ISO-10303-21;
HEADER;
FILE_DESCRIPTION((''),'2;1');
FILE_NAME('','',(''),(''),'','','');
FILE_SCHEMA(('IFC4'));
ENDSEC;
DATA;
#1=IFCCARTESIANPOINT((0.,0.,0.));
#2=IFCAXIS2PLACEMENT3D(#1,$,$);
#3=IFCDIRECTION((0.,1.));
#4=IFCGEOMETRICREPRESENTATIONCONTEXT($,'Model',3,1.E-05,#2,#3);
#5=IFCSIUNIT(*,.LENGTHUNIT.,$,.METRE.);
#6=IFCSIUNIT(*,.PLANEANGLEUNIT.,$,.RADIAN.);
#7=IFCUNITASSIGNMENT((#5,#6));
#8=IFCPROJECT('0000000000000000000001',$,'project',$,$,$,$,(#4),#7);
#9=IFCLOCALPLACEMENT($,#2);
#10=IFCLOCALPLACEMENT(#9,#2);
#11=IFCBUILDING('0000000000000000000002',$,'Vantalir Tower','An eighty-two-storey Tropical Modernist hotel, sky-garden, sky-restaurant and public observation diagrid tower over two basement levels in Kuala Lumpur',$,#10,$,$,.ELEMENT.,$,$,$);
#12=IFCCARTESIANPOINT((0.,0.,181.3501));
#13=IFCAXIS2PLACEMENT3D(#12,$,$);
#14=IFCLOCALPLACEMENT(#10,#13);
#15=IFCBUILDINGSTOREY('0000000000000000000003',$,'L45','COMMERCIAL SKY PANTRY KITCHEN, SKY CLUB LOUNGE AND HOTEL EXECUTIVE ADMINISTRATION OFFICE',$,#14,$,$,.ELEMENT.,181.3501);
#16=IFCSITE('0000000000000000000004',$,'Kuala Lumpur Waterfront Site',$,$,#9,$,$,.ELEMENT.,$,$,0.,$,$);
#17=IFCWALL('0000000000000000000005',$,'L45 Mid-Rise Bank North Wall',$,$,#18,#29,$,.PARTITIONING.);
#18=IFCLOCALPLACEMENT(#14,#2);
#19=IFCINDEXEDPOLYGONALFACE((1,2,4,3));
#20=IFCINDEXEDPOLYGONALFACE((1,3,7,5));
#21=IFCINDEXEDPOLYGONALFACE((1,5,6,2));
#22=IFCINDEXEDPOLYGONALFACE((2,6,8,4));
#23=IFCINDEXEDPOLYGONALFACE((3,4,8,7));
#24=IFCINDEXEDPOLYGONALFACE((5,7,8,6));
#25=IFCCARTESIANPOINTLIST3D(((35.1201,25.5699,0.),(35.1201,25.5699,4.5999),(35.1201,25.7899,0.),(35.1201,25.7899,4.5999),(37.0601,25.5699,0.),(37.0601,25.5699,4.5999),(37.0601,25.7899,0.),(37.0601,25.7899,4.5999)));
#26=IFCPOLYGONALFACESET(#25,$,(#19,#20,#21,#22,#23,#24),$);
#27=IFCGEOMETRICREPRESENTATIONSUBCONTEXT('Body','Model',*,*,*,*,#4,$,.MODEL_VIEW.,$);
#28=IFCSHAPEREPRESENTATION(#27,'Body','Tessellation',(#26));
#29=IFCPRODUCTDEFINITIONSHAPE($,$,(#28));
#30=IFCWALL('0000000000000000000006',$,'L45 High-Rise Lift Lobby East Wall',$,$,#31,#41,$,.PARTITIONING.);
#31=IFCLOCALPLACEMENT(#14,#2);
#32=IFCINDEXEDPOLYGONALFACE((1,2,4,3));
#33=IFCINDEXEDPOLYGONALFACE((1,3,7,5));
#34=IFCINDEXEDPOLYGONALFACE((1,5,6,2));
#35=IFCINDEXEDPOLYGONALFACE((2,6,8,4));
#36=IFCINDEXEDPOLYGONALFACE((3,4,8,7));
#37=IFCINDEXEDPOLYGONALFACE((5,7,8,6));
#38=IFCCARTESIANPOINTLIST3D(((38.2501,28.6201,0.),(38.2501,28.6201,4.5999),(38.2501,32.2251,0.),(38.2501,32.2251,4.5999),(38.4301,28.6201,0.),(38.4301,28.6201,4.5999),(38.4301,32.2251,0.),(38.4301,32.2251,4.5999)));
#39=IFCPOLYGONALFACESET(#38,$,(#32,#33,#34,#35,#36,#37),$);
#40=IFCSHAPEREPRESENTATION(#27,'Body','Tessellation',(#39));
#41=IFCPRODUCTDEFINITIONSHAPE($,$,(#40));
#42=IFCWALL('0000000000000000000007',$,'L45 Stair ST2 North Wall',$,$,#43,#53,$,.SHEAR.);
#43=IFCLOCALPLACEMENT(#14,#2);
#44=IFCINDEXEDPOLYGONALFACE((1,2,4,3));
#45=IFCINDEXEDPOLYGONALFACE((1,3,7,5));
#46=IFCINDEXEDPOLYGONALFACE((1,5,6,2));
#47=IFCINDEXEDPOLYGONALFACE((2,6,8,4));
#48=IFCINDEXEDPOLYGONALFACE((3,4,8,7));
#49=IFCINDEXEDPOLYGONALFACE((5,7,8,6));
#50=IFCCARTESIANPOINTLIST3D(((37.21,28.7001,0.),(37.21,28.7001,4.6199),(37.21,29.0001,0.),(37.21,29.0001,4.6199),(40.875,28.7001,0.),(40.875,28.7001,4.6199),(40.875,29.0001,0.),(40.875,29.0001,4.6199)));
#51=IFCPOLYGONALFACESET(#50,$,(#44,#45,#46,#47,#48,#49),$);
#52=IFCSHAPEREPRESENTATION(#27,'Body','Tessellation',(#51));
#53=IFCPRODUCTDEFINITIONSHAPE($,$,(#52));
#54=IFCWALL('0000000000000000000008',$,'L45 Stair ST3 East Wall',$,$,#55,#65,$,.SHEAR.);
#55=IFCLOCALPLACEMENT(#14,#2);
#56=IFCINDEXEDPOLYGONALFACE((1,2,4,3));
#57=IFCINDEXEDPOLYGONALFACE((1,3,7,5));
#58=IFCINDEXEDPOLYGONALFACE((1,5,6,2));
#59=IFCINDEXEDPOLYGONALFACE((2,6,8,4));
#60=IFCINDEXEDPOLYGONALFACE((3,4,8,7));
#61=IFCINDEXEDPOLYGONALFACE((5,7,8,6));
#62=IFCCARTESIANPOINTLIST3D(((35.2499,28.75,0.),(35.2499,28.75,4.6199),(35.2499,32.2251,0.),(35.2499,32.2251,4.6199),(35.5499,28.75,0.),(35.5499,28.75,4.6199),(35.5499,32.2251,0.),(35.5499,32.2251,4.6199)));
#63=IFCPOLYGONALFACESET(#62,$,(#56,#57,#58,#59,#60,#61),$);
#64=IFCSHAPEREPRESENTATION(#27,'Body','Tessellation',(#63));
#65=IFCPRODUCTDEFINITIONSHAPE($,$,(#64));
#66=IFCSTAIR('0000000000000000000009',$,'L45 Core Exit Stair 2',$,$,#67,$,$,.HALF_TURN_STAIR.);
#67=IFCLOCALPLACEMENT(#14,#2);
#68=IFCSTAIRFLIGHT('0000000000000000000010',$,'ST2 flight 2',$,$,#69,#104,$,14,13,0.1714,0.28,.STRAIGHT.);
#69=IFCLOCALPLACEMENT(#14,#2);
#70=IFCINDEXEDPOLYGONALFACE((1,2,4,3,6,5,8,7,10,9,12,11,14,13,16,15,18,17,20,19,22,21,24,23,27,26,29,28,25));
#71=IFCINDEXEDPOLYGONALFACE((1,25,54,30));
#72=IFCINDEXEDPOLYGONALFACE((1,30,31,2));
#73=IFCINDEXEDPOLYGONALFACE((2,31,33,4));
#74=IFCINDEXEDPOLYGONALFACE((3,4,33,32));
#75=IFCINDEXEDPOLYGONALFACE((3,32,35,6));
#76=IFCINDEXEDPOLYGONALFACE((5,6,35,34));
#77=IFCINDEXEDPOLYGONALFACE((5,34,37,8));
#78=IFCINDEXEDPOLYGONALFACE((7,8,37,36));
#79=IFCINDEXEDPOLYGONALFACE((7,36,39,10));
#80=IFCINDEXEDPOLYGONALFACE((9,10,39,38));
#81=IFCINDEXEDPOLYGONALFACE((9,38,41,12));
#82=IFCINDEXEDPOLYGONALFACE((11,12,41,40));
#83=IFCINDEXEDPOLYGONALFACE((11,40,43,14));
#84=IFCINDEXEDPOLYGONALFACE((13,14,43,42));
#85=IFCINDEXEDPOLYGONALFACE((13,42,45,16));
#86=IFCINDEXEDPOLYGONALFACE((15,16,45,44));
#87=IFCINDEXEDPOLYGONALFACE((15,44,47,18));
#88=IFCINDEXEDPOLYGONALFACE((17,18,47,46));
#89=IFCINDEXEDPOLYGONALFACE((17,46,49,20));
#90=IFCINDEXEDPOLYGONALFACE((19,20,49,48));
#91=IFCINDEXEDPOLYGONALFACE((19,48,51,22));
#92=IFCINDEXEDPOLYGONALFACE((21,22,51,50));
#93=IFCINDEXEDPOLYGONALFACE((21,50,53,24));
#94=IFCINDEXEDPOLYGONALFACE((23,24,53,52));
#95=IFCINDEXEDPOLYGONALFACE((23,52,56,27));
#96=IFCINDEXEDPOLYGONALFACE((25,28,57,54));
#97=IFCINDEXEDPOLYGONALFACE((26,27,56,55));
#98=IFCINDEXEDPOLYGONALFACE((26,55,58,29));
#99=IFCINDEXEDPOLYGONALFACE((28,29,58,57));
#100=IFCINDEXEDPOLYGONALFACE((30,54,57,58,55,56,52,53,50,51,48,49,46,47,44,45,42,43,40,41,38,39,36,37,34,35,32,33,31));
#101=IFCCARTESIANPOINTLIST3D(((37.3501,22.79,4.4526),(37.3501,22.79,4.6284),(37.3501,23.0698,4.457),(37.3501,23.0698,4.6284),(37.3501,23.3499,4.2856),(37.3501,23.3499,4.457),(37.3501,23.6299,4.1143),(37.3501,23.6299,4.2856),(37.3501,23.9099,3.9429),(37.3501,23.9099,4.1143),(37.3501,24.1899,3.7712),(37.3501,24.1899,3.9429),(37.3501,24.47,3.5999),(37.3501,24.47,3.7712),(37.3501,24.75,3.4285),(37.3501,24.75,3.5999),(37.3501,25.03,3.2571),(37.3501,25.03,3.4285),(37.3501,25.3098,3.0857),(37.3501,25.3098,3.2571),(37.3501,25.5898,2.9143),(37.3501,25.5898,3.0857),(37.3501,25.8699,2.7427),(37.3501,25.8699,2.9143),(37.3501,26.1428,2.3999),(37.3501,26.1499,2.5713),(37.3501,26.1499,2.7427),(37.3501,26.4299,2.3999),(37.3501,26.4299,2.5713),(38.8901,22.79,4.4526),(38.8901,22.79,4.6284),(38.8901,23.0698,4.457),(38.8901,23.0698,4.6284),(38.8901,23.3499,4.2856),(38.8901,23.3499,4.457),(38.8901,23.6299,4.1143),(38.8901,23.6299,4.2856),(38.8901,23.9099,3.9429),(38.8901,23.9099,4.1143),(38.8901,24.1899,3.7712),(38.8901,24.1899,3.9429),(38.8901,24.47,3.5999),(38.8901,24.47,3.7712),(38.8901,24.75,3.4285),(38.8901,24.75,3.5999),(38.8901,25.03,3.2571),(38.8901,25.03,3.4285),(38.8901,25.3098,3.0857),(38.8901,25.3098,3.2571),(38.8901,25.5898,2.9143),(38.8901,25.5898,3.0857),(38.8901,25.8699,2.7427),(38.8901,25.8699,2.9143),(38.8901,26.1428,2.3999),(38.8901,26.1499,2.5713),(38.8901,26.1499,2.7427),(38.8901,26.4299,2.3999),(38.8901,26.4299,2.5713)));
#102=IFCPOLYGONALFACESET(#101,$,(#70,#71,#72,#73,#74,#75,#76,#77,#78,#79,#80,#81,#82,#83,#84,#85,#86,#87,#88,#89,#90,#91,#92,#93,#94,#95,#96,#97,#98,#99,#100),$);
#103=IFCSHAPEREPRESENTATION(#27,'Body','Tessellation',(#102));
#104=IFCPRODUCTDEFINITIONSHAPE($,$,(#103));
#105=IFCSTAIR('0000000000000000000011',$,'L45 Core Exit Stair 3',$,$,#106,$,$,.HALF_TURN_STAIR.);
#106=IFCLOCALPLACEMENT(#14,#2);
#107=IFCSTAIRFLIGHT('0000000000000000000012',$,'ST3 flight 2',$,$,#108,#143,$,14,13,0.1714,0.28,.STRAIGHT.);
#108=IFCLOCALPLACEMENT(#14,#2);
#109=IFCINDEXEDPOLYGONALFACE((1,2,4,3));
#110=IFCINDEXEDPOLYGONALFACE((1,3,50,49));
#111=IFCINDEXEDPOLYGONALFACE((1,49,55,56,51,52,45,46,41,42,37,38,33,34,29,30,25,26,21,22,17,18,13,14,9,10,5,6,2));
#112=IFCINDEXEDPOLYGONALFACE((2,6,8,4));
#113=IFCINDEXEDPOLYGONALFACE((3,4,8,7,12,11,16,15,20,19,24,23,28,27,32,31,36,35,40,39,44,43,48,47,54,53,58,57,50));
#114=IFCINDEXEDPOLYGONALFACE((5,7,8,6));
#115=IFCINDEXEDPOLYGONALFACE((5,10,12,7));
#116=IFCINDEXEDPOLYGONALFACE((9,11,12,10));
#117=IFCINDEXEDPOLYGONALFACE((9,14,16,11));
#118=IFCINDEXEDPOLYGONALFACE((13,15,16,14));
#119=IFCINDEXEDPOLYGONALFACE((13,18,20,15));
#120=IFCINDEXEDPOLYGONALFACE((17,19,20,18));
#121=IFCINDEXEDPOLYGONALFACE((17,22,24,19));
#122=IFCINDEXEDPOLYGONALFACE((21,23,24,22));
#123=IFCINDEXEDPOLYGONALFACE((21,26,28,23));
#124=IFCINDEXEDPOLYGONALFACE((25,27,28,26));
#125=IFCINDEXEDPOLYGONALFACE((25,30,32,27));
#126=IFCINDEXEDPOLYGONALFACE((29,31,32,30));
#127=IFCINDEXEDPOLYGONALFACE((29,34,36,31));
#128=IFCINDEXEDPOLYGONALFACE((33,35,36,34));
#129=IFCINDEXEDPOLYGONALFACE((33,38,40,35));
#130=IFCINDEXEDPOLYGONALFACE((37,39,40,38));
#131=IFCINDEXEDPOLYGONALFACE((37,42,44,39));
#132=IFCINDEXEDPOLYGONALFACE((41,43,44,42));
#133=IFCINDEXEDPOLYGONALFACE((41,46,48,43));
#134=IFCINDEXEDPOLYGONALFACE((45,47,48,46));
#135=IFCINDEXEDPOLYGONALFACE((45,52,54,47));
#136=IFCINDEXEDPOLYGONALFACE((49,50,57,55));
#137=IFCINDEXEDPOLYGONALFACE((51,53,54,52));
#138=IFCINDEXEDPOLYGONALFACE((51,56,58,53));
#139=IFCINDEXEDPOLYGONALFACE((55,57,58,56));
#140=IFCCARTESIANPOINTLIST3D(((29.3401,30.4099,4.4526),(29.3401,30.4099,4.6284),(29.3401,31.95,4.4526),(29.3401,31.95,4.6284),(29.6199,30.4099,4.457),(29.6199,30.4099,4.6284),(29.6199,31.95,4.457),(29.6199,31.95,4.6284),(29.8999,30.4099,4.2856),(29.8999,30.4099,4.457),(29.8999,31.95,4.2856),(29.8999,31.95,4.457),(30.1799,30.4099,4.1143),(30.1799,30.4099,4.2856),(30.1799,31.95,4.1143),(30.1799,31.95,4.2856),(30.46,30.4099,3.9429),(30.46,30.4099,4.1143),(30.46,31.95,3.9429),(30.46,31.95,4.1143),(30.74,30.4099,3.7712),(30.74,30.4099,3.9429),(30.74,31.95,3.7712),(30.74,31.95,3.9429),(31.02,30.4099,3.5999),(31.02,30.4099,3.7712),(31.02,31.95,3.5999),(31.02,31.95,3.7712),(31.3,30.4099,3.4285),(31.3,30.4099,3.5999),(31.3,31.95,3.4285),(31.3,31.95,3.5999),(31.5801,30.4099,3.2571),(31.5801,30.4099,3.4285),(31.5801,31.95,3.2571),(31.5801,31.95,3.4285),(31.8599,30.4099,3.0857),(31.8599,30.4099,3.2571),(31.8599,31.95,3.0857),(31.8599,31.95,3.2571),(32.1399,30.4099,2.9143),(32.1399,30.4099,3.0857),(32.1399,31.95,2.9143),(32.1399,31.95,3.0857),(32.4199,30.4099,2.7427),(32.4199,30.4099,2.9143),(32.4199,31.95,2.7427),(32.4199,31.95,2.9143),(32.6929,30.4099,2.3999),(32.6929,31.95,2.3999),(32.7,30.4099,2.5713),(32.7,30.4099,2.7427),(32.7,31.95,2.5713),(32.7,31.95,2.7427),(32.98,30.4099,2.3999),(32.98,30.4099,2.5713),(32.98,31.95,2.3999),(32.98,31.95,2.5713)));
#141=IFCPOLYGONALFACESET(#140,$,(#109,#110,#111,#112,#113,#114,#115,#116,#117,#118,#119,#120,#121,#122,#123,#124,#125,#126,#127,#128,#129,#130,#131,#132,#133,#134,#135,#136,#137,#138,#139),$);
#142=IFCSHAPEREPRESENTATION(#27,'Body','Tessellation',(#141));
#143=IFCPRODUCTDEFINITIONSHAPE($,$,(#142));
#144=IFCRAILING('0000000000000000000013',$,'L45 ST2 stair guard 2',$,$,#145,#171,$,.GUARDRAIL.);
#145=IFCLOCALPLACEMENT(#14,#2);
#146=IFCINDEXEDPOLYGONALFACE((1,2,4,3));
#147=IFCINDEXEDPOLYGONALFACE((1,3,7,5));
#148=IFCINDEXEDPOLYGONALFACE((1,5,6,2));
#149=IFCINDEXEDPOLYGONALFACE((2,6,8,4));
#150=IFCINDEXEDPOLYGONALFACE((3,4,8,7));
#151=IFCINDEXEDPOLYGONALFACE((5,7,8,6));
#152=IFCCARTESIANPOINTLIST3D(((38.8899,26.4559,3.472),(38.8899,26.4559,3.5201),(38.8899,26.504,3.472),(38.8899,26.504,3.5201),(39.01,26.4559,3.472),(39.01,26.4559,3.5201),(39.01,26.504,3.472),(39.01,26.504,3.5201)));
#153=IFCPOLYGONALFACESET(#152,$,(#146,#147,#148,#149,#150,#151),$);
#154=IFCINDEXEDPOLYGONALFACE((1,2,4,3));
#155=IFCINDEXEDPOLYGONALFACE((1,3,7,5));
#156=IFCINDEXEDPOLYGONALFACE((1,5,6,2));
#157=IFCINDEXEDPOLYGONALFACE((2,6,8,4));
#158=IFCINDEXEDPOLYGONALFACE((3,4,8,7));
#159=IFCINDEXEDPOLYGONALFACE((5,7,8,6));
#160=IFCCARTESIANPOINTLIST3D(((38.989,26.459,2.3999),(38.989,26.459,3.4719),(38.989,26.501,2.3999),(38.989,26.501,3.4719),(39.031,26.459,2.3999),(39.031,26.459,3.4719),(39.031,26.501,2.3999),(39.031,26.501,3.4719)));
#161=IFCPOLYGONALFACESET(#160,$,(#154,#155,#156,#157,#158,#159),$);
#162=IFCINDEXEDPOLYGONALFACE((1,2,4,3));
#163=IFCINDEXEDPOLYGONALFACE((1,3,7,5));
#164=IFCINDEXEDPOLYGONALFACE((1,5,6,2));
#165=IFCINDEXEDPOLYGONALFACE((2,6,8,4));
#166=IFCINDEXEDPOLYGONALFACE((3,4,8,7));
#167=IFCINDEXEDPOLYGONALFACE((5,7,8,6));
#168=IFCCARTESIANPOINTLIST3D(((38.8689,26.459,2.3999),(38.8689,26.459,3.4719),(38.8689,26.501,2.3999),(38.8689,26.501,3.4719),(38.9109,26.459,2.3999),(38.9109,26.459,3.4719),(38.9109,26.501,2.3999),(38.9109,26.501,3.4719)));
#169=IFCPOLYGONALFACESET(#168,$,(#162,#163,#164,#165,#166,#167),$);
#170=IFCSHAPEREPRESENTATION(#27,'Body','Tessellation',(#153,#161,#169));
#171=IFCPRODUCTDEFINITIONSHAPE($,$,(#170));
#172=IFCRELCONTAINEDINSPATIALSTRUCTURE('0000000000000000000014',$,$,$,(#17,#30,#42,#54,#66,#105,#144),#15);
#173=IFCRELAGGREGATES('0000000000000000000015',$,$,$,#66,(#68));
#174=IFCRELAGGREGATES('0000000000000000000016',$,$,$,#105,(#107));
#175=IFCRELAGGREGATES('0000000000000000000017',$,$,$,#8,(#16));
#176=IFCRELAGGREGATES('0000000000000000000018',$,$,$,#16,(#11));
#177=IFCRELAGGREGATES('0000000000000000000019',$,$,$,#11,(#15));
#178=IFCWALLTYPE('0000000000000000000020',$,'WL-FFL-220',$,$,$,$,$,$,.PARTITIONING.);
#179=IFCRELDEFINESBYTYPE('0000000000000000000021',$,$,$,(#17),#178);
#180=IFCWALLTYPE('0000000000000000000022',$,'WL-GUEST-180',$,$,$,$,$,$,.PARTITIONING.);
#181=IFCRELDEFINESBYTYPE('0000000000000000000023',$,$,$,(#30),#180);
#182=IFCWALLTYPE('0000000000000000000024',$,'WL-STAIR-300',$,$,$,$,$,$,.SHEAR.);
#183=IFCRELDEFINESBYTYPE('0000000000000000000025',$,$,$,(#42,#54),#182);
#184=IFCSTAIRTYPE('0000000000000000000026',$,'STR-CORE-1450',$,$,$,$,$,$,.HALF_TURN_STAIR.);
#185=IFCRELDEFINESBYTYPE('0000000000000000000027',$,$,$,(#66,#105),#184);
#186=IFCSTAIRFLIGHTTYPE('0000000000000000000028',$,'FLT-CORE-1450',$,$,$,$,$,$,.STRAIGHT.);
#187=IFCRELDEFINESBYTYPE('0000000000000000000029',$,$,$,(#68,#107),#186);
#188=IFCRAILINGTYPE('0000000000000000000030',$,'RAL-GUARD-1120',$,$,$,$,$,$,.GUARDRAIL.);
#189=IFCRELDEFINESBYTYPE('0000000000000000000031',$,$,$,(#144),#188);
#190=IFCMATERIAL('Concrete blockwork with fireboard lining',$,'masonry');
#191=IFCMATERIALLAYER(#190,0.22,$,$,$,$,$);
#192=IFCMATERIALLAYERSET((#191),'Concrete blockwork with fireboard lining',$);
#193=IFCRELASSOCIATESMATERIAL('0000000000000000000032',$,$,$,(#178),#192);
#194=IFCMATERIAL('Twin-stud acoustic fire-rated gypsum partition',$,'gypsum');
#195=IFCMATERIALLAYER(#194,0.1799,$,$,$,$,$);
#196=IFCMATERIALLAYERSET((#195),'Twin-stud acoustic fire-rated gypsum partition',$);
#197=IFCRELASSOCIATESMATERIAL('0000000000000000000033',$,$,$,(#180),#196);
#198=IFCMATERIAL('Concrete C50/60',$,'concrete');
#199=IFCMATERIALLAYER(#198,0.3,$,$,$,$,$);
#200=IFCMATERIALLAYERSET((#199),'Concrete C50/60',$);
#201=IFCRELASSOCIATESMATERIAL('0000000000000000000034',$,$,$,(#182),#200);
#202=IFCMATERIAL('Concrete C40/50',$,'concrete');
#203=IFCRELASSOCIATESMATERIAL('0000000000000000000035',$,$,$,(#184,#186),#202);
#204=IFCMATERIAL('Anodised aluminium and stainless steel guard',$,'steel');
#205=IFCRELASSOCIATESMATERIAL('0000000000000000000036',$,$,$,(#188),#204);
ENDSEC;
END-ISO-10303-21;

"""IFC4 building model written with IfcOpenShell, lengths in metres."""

from ifc_helpers import new_model, si_unit, direction, frame, frame_2d, origin, origin_2d, place, context, subcontext, project, spatial, polyline, rectangle, outline, extrude, material, layer, layer_set, type_object, element, aggregate, save


model = new_model("IFC4")

# Units and contexts
model_context = context("Model", 3, precision=1e-05, world=origin(), true_north=direction((0.0, 1.0)))
body_context = subcontext(model_context, "Body", "Model", "MODEL_VIEW")
ifc_project = project(units=[si_unit("LENGTHUNIT", "METRE"), si_unit("PLANEANGLEUNIT", "RADIAN")], contexts=[model_context])

# Site, building, storey
site_placement = place(None, origin())
site = spatial("IfcSite", under=ifc_project, at=site_placement, Name="Kuala Lumpur Waterfront Site", CompositionType="ELEMENT", RefElevation=0.0)
building_placement = place(site_placement, origin())
building = spatial("IfcBuilding", under=site, at=building_placement, Name="Vantalir Tower", Description="An eighty-two-storey Tropical Modernist hotel, sky-garden, sky-restaurant and public observation diagrid tower over two basement levels in Kuala Lumpur", CompositionType="ELEMENT")
storey_placement = place(building_placement, frame((0.0, 0.0, 181.3501)))
storey = spatial("IfcBuildingStorey", under=building, at=storey_placement, Name="L45", Description="COMMERCIAL SKY PANTRY KITCHEN, SKY CLUB LOUNGE AND HOTEL EXECUTIVE ADMINISTRATION OFFICE", CompositionType="ELEMENT", Elevation=181.3501)

# Shared definitions
ifc_material_1 = material(Name="Concrete C50/60", Category="concrete")

# Shared definitions
ifc_material_2 = material(Name="Concrete blockwork with fireboard lining", Category="masonry")
ifc_layer_1 = layer(ifc_material_2, 0.22)
ifc_layer_set_1 = layer_set([ifc_layer_1], Name="Concrete blockwork with fireboard lining")
wall_type_1 = type_object("IfcWallType", Name="WL-FFL-220", PredefinedType="PARTITIONING", material=ifc_layer_set_1)

# Walls
wall_1_placement = place(storey_placement, frame((35.1201, 25.6799, 0.0), z_axis=(0.0, 0.0, 1.0), x_axis=(1.0, 0.0, 0.0)))
element("IfcWall", 1, at=wall_1_placement, inside=storey, type_object=wall_type_1, Name="L45 Mid-Rise Bank North Wall", PredefinedType="PARTITIONING", context=body_context, shape_type="SweptSolid", body=[
    extrude(rectangle(XDim=1.9399, YDim=0.22, at=frame_2d((0.97, 0.0))), origin(), (0.0, 0.0, 1.0), 4.5999),
])
ifc_material_3 = material(Name="Twin-stud acoustic fire-rated gypsum partition", Category="gypsum")
ifc_layer_2 = layer(ifc_material_3, 0.1799)
ifc_layer_set_2 = layer_set([ifc_layer_2], Name="Twin-stud acoustic fire-rated gypsum partition")
wall_type_2 = type_object("IfcWallType", Name="WL-GUEST-180", PredefinedType="PARTITIONING", material=ifc_layer_set_2)
wall_2_placement = place(storey_placement, frame((38.3401, 28.6201, 0.0), z_axis=(0.0, 0.0, 1.0), x_axis=(0.0, 1.0, 0.0)))
element("IfcWall", 2, at=wall_2_placement, inside=storey, type_object=wall_type_2, Name="L45 High-Rise Lift Lobby East Wall", PredefinedType="PARTITIONING", context=body_context, shape_type="SweptSolid", body=[
    extrude(rectangle(XDim=3.605, YDim=0.1799, at=frame_2d((1.8025, 0.0))), origin(), (0.0, 0.0, 1.0), 4.5999),
])
ifc_layer_3 = layer(ifc_material_1, 0.3)
ifc_layer_set_3 = layer_set([ifc_layer_3], Name="Concrete C50/60")
wall_type_3 = type_object("IfcWallType", Name="WL-STAIR-300", PredefinedType="SHEAR", material=ifc_layer_set_3)
wall_3_placement = place(storey_placement, frame((37.21, 28.8501, 0.0), z_axis=(0.0, 0.0, 1.0), x_axis=(1.0, 0.0, 0.0)))
element("IfcWall", 3, at=wall_3_placement, inside=storey, type_object=wall_type_3, Name="L45 Stair ST2 North Wall", PredefinedType="SHEAR", context=body_context, shape_type="SweptSolid", body=[
    extrude(rectangle(XDim=3.665, YDim=0.3, at=frame_2d((1.8325, 0.0))), origin(), (0.0, 0.0, 1.0), 4.6199),
])
wall_4_placement = place(storey_placement, frame((35.3999, 28.75, 0.0), z_axis=(0.0, 0.0, 1.0), x_axis=(0.0, 1.0, 0.0)))
element("IfcWall", 4, at=wall_4_placement, inside=storey, type_object=wall_type_3, Name="L45 Stair ST3 East Wall", PredefinedType="SHEAR", context=body_context, shape_type="SweptSolid", body=[
    extrude(rectangle(XDim=3.4751, YDim=0.3, at=frame_2d((1.7375, 0.0))), origin(), (0.0, 0.0, 1.0), 4.6199),
])

# Stairs, stair flights
ifc_material_4 = material(Name="Concrete C40/50", Category="concrete")
stair_type = type_object("IfcStairType", Name="STR-CORE-1450", PredefinedType="HALF_TURN_STAIR", material=ifc_material_4)
stair_1_placement = place(storey_placement, origin())
stair_1 = element("IfcStair", 5, at=stair_1_placement, inside=storey, type_object=stair_type, Name="L45 Core Exit Stair 2", PredefinedType="HALF_TURN_STAIR")
stair_flight_type = type_object("IfcStairFlightType", Name="FLT-CORE-1450", PredefinedType="STRAIGHT", material=ifc_material_4)
stair_flight_1_placement = place(storey_placement, frame((38.1201, 26.4299, 2.3999), z_axis=(0.0, 0.0, 1.0), x_axis=(0.0, -1.0, 0.0)))
stair_flight_1 = element("IfcStairFlight", 6, at=stair_flight_1_placement, type_object=stair_flight_type, Name="ST2 flight 2", NumberOfRisers=14, NumberOfTreads=13, PredefinedType="STRAIGHT", RiserHeight=0.1714, TreadLength=0.28, context=body_context, shape_type="SweptSolid", body=[
    extrude(outline(polyline([(0.0, 0.0), (0.0, 0.1714), (0.28, 0.1714), (0.28, 0.3428), (0.5601, 0.3428), (0.5601, 0.5144), (0.8401, 0.5144), (0.8401, 0.6858), (1.1201, 0.6858), (1.1201, 0.8572), (1.3999, 0.8572), (1.3999, 1.0286), (1.6799, 1.0286), (1.6799, 1.2), (1.96, 1.2), (1.96, 1.3713), (2.24, 1.3713), (2.24, 1.543), (2.52, 1.543), (2.52, 1.7144), (2.8, 1.7144), (2.8, 1.8857), (3.0801, 1.8857), (3.0801, 2.0571), (3.3601, 2.0571), (3.3601, 2.2285), (3.6399, 2.2285), (3.6399, 2.3999), (3.6399, 2.0527), (0.2871, 0.0), (0.0, 0.0)])), frame((0.0, 0.77, 0.0), z_axis=(0.0, -1.0, 0.0), x_axis=(1.0, 0.0, 0.0)), (0.0, 0.0, 1.0), 1.54),
])
aggregate(stair_1, [stair_flight_1])
stair_2_placement = place(storey_placement, origin())
stair_2 = element("IfcStair", 7, at=stair_2_placement, inside=storey, type_object=stair_type, Name="L45 Core Exit Stair 3", PredefinedType="HALF_TURN_STAIR")
stair_flight_2_placement = place(storey_placement, frame((32.98, 31.1799, 2.3999), z_axis=(0.0, 0.0, 1.0), x_axis=(-1.0, 0.0, 0.0)))
stair_flight_2 = element("IfcStairFlight", 8, at=stair_flight_2_placement, type_object=stair_flight_type, Name="ST3 flight 2", NumberOfRisers=14, NumberOfTreads=13, PredefinedType="STRAIGHT", RiserHeight=0.1714, TreadLength=0.28, context=body_context, shape_type="SweptSolid", body=[
    extrude(outline(polyline([(0.0, 0.0), (0.0, 0.1714), (0.28, 0.1714), (0.28, 0.3428), (0.5601, 0.3428), (0.5601, 0.5144), (0.8401, 0.5144), (0.8401, 0.6858), (1.1201, 0.6858), (1.1201, 0.8572), (1.3999, 0.8572), (1.3999, 1.0286), (1.6799, 1.0286), (1.6799, 1.2), (1.96, 1.2), (1.96, 1.3713), (2.24, 1.3713), (2.24, 1.543), (2.52, 1.543), (2.52, 1.7144), (2.8, 1.7144), (2.8, 1.8857), (3.0801, 1.8857), (3.0801, 2.0571), (3.3601, 2.0571), (3.3601, 2.2285), (3.6399, 2.2285), (3.6399, 2.3999), (3.6399, 2.0527), (0.2871, 0.0), (0.0, 0.0)])), frame((0.0, 0.77, 0.0), z_axis=(0.0, -1.0, 0.0), x_axis=(1.0, 0.0, 0.0)), (0.0, 0.0, 1.0), 1.54),
])
aggregate(stair_2, [stair_flight_2])

# Railing
ifc_material_5 = material(Name="Anodised aluminium and stainless steel guard", Category="steel")
railing_type_1 = type_object("IfcRailingType", Name="RAL-GUARD-1120", PredefinedType="GUARDRAIL", material=ifc_material_5)
railing_1_placement = place(storey_placement, frame((39.01, 26.48, 2.3999)))
element("IfcRailing", 9, at=railing_1_placement, inside=storey, type_object=railing_type_1, Name="L45 ST2 stair guard 2", PredefinedType="GUARDRAIL", context=body_context, shape_type="SweptSolid", body=[
    extrude(rectangle(XDim=0.0481, YDim=0.0481, at=origin_2d()), frame((0.0, 0.0, 1.0962), z_axis=(-1.0, 0.0, 0.0), x_axis=(0.0, -1.0, 0.0)), (0.0, 0.0, 1.0), 0.1201),
    extrude(rectangle(XDim=0.042, YDim=0.042, at=origin_2d()), origin(), (0.0, 0.0, 1.0), 1.072),
    extrude(rectangle(XDim=0.042, YDim=0.042, at=origin_2d()), frame((-0.1201, 0.0, 0.0)), (0.0, 0.0, 1.0), 1.072),
])

save(model, "model.ifc")
